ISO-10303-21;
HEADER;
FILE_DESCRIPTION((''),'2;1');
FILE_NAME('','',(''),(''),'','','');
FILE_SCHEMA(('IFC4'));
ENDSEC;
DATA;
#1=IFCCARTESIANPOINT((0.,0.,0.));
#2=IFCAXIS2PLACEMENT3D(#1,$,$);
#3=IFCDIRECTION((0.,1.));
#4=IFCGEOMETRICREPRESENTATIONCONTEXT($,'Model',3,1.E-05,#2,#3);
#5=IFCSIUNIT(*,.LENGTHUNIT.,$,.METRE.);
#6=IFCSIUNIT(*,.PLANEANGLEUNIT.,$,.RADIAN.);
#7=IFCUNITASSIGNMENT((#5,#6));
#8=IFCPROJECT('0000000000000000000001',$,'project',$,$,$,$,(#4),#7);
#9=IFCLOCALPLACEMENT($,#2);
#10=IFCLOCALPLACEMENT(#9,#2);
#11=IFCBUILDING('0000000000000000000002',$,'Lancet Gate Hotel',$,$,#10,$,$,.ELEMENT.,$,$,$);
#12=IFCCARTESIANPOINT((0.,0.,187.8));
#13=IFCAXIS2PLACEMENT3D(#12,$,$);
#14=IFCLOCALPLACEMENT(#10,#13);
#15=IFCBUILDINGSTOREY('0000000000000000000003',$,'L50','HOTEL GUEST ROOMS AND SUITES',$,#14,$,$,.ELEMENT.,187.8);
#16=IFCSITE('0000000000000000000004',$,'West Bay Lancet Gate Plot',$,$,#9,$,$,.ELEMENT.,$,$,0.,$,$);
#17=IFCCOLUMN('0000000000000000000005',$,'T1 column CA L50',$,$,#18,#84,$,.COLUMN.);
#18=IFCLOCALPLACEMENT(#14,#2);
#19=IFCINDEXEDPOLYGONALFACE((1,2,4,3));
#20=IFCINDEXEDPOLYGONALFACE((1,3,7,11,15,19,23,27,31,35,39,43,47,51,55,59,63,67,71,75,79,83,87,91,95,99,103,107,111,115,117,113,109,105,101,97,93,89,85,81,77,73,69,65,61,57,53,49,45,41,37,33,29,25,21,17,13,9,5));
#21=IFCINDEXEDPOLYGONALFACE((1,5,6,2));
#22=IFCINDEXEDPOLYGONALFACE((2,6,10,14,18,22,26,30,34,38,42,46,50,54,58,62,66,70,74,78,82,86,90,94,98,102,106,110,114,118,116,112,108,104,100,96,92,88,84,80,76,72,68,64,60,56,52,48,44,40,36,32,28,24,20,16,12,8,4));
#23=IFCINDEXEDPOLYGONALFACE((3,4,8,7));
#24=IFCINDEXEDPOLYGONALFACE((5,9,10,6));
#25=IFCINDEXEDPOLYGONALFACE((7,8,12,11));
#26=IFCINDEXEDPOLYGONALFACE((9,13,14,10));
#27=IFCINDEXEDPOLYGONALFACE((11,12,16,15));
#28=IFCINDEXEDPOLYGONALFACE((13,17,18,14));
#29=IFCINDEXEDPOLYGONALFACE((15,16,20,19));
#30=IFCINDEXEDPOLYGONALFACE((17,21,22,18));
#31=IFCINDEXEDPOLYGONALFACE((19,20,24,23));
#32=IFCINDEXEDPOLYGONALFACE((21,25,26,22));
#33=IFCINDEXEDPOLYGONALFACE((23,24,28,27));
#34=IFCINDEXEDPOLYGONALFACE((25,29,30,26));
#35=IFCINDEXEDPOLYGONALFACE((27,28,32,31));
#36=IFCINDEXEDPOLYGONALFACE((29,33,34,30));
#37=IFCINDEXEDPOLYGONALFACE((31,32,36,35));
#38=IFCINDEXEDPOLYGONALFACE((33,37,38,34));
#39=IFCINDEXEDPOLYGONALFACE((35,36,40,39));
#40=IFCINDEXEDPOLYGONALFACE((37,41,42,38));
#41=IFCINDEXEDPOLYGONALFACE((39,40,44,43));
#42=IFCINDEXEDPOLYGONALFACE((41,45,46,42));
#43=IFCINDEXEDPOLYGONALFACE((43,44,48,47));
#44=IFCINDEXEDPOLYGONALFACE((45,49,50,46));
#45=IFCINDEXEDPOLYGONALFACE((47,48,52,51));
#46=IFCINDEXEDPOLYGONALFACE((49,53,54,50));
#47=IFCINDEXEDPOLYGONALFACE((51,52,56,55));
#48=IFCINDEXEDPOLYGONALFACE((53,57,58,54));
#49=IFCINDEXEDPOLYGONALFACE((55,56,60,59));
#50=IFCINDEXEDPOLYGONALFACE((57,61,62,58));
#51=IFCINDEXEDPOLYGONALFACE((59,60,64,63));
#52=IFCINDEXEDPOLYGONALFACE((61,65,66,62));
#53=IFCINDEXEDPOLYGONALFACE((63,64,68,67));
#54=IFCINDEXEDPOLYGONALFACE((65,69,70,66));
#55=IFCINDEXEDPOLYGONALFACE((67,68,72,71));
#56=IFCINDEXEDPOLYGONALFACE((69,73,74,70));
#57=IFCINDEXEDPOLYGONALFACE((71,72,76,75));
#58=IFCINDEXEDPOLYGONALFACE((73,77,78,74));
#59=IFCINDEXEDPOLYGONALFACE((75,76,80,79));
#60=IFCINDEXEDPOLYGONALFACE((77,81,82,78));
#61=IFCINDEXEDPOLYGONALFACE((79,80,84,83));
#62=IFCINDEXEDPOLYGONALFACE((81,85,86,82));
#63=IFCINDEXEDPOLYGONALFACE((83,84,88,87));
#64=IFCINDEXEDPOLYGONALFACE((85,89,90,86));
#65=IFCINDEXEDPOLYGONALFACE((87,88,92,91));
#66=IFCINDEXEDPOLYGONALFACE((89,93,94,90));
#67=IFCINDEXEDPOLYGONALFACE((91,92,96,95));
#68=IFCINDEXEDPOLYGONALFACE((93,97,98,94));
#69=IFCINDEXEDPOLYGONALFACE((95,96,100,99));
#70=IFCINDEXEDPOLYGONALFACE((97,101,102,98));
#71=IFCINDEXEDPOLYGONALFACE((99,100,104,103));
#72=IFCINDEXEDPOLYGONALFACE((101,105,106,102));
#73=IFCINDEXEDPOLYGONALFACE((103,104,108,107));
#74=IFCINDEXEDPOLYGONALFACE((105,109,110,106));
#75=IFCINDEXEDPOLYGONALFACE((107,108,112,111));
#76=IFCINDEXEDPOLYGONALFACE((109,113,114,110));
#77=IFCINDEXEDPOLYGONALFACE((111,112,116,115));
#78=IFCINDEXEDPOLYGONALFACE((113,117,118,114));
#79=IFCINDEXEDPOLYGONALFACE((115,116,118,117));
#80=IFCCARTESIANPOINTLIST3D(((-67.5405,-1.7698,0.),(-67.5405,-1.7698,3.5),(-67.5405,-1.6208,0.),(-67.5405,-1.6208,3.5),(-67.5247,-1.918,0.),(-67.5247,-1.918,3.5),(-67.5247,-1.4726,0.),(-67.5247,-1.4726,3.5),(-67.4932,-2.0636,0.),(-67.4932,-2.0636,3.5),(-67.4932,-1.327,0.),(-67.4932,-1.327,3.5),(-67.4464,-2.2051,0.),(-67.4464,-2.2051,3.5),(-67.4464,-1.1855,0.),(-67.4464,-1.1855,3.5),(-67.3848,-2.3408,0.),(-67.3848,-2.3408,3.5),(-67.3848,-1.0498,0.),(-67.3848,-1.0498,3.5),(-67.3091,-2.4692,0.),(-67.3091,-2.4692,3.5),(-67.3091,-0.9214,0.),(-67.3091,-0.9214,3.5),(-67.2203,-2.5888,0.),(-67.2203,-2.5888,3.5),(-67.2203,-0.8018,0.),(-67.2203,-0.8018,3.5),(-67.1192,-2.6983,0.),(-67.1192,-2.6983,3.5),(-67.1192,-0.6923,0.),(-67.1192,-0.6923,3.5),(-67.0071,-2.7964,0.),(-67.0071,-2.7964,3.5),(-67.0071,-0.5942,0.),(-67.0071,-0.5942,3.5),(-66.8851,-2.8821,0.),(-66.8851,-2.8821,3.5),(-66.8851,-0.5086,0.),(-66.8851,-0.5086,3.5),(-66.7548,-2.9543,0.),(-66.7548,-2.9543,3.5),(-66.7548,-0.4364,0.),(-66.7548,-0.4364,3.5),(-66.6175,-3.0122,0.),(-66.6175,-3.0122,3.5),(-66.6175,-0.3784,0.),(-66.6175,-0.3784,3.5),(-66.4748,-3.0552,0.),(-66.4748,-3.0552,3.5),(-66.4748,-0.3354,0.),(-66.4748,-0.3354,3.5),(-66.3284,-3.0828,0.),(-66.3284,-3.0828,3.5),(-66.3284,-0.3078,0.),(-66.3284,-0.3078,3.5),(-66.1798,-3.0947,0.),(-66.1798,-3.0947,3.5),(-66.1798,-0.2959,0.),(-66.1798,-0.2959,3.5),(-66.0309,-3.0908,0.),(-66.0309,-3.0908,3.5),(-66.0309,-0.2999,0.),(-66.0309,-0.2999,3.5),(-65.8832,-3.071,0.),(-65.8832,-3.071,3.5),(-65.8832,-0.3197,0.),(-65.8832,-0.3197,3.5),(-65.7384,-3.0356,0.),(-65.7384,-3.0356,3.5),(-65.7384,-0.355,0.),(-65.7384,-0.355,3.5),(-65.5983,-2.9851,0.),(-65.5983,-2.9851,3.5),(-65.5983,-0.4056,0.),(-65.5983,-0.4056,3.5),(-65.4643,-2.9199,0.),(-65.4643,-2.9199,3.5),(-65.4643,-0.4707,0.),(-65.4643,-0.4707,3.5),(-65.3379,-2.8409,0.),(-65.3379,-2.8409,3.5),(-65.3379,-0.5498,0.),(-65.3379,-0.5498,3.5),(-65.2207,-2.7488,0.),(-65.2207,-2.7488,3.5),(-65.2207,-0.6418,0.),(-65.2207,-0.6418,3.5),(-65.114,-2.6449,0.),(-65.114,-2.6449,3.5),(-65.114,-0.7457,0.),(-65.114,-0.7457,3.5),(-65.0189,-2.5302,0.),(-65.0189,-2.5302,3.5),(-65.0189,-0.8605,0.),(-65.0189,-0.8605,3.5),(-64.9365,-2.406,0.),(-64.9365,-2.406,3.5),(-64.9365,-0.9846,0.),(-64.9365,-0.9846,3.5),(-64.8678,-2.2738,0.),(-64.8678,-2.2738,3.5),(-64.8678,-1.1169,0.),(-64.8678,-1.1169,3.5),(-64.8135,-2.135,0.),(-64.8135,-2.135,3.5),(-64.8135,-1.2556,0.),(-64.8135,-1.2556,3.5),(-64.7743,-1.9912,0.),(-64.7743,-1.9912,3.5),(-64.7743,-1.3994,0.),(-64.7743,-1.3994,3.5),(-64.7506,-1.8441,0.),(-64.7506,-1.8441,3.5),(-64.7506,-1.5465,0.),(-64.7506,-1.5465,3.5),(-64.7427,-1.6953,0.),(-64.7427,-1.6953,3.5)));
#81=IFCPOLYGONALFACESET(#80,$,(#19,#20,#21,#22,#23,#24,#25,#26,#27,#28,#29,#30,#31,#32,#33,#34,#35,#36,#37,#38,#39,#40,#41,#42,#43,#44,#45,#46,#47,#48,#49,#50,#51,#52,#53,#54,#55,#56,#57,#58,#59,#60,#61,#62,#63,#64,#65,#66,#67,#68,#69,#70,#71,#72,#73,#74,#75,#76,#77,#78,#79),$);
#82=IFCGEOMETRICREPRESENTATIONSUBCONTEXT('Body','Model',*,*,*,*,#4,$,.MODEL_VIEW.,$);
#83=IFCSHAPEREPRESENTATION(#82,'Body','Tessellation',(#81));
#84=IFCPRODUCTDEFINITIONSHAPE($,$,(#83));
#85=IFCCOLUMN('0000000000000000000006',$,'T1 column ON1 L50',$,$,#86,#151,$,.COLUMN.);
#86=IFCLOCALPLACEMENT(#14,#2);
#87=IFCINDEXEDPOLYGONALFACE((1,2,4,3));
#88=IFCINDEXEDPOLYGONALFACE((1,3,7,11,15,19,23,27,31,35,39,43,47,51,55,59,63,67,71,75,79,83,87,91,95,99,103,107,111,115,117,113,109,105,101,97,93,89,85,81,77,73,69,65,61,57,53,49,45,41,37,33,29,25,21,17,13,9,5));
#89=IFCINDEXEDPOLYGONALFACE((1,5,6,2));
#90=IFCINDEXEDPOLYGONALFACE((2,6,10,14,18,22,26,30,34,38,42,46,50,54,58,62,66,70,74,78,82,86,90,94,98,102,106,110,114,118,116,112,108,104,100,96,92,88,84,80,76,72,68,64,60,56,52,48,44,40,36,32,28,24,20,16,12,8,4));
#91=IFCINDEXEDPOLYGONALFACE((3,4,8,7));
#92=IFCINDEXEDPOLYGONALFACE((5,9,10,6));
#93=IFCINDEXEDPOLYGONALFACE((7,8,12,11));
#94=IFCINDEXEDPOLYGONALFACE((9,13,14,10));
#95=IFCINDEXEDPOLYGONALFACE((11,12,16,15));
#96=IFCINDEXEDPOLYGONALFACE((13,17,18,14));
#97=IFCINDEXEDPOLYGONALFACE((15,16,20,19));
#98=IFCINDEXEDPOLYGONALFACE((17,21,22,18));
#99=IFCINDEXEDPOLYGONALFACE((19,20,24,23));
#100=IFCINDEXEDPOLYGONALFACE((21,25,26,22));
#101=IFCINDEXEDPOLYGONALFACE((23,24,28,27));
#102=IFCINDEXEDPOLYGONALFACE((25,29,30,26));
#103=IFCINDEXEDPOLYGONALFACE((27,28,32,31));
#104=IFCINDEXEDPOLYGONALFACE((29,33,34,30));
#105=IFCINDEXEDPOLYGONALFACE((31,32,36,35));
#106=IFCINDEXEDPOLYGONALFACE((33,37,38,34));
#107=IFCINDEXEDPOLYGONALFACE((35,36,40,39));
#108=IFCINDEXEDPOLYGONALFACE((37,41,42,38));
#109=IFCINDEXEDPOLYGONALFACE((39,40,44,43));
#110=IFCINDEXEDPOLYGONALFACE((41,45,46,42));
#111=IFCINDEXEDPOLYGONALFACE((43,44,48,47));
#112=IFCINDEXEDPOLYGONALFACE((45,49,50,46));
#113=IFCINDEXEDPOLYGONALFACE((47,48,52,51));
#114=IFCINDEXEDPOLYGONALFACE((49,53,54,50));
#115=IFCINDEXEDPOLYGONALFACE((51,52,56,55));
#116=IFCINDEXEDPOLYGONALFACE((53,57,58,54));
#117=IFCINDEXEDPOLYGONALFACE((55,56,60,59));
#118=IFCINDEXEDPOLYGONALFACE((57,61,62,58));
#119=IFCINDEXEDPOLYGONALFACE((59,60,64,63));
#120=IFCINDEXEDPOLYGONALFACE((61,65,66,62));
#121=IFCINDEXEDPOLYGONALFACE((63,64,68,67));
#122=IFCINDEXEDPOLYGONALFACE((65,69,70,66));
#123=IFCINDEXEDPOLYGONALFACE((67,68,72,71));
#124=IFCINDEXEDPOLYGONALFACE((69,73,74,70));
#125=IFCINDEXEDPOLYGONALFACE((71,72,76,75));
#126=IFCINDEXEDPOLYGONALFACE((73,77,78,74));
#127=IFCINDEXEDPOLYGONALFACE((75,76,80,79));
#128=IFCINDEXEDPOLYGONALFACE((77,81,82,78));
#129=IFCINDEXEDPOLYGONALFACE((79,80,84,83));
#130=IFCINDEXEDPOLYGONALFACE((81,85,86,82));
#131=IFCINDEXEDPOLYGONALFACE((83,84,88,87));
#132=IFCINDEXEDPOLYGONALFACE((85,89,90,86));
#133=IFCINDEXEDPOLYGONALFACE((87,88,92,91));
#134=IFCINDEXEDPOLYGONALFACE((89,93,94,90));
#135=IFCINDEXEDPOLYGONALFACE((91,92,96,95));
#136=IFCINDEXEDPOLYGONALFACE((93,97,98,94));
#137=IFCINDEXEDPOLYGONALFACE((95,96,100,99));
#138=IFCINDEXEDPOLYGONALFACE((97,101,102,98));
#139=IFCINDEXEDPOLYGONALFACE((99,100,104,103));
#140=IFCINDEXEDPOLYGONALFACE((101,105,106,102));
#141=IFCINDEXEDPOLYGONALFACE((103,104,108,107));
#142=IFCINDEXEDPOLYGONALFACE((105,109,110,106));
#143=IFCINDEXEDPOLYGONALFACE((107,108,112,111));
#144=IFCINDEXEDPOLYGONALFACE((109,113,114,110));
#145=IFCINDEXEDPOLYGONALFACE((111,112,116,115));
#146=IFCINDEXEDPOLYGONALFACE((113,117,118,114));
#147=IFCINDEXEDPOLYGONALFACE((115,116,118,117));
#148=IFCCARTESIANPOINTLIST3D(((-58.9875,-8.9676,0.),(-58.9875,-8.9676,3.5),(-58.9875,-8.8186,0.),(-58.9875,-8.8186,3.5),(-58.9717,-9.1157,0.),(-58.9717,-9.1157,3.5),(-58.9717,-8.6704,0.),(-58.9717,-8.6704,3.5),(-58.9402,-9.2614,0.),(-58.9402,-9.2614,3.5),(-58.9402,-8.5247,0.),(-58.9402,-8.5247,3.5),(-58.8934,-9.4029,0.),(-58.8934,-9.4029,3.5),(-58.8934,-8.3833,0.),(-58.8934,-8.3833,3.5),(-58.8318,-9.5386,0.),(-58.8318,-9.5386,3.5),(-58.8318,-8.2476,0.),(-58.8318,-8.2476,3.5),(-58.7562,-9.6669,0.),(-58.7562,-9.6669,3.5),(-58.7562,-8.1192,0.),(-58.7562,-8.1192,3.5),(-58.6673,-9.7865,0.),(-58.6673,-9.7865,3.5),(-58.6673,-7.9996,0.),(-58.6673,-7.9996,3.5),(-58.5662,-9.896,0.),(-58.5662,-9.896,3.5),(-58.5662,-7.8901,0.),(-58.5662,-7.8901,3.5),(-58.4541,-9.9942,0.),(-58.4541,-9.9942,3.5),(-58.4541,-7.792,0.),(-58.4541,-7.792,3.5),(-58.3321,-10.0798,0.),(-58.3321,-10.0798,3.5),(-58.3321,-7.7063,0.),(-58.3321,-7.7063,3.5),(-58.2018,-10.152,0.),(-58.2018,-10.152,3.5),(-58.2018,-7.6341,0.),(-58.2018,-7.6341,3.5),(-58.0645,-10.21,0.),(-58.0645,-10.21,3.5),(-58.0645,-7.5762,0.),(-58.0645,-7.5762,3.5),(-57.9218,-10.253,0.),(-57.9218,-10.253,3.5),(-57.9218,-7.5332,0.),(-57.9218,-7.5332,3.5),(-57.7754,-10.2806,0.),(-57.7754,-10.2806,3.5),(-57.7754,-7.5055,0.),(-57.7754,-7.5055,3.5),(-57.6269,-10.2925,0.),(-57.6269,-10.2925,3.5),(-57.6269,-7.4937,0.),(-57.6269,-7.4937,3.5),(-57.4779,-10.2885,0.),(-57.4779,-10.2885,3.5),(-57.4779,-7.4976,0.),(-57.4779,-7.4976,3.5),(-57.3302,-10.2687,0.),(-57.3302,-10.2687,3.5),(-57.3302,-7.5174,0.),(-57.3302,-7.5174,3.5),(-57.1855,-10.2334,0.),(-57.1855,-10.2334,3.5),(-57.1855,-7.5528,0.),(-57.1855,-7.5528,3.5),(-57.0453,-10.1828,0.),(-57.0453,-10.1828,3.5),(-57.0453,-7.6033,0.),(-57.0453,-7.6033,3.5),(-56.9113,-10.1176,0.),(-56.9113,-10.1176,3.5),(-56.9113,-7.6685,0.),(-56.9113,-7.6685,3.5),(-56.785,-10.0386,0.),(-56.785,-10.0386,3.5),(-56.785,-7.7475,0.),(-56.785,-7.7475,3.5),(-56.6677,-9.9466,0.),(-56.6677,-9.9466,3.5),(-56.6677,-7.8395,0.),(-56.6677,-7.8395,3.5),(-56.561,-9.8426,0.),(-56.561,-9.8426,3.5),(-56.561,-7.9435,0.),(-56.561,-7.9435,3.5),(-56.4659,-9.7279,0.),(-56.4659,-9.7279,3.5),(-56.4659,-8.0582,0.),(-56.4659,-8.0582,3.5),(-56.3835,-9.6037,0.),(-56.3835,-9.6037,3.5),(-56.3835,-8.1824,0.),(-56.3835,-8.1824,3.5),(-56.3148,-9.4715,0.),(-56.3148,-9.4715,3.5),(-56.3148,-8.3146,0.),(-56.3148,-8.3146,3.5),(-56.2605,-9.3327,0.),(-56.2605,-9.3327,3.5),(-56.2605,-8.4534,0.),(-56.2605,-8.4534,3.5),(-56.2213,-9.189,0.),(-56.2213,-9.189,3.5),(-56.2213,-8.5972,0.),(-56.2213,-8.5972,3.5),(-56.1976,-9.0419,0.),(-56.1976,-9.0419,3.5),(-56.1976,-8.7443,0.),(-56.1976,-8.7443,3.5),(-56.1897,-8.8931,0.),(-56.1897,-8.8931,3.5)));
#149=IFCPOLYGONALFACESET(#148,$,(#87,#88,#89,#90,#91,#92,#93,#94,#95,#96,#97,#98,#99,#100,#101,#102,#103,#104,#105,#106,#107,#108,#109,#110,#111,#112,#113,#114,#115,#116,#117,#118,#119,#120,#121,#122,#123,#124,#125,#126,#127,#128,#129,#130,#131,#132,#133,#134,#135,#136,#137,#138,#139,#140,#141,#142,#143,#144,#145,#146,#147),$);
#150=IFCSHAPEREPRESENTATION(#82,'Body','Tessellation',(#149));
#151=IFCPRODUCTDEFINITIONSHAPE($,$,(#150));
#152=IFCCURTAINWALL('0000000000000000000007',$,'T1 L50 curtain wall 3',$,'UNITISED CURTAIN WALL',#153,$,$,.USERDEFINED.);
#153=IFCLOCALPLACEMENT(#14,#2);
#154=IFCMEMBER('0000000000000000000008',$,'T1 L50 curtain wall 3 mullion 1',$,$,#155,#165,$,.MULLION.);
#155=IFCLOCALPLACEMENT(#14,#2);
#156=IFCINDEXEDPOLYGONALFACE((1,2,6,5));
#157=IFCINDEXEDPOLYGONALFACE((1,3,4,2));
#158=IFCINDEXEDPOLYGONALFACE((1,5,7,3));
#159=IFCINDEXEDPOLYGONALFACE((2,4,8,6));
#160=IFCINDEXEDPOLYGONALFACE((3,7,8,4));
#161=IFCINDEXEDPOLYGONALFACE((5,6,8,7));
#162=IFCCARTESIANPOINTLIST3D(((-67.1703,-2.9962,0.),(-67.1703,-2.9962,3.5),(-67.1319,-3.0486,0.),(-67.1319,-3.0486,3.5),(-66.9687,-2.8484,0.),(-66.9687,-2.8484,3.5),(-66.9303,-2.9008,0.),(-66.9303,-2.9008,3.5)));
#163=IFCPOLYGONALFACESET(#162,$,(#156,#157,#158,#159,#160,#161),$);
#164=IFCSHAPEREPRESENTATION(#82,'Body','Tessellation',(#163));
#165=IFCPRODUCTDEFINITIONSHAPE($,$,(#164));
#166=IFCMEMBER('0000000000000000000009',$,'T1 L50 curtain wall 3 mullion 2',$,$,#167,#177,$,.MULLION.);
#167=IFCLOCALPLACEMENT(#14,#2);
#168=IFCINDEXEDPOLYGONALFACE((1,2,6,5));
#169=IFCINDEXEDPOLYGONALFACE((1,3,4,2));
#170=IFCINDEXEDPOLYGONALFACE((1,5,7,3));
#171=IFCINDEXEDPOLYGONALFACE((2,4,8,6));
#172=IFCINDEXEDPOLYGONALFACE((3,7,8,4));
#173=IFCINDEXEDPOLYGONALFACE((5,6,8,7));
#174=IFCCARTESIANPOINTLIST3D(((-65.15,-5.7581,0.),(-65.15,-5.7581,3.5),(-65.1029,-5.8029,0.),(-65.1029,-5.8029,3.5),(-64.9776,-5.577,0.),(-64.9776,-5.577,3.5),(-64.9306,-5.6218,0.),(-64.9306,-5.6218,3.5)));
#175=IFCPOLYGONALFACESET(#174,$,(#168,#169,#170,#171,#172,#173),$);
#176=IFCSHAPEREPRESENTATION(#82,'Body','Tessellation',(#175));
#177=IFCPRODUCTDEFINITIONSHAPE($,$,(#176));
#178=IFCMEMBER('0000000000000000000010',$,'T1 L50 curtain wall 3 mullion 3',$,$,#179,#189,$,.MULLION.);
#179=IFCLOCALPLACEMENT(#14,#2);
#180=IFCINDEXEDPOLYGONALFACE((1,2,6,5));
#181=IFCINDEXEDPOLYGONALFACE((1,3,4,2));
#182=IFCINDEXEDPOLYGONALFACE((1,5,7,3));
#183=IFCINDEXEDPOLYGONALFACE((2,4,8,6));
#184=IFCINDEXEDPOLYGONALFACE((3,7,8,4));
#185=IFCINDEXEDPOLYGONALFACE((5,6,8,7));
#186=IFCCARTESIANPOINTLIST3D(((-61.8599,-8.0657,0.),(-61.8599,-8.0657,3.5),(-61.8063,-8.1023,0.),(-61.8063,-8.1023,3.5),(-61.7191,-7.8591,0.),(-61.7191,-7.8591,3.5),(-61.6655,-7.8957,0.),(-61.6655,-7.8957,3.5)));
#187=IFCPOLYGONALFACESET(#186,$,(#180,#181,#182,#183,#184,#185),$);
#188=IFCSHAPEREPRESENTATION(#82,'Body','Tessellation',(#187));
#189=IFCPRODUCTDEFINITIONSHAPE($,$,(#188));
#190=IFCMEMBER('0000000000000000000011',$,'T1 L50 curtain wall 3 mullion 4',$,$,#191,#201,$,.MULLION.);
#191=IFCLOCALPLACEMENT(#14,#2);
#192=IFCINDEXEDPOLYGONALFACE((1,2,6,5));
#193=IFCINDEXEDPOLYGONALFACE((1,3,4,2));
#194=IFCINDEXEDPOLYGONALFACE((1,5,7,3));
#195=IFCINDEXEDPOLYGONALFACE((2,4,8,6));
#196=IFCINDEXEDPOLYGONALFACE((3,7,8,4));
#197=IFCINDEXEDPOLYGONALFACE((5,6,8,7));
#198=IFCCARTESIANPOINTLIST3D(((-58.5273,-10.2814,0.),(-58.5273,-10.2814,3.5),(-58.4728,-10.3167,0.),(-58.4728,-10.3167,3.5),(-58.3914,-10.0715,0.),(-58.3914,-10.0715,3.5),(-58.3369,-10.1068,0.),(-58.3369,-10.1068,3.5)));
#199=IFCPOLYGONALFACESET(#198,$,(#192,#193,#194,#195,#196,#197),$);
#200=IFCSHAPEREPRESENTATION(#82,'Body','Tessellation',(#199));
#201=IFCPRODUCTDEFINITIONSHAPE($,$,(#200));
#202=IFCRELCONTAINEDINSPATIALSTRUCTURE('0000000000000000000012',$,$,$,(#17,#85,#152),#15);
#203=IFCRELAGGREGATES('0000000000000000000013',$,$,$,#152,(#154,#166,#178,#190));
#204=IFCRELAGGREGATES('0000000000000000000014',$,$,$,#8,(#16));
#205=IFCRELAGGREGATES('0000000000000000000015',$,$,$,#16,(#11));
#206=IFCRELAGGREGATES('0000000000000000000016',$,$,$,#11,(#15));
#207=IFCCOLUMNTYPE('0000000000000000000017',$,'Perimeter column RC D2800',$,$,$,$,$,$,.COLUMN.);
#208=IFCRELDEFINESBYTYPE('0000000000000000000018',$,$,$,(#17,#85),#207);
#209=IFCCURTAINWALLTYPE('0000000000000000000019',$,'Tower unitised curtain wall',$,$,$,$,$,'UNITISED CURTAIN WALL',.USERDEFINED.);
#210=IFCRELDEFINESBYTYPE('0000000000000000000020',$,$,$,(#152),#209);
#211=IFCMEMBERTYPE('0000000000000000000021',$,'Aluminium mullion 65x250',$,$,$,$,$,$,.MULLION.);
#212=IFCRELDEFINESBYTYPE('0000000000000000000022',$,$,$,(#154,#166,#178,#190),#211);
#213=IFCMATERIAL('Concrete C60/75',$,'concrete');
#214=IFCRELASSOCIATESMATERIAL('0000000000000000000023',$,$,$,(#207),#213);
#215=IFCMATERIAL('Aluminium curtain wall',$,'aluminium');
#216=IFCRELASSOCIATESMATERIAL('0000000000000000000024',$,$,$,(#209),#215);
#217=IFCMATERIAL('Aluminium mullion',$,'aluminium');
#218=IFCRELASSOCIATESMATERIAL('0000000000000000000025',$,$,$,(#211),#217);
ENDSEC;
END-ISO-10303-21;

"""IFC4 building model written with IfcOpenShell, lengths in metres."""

from ifc_helpers import new_model, si_unit, direction, frame, origin, origin_2d, place, context, subcontext, project, spatial, rectangle, circle, extrude, material, material_profile, profile_set, type_object, element, aggregate, save


model = new_model("IFC4")

# Units and contexts
model_context = context("Model", 3, precision=1e-05, world=origin(), true_north=direction((0.0, 1.0)))
body_context = subcontext(model_context, "Body", "Model", "MODEL_VIEW")
ifc_project = project(units=[si_unit("LENGTHUNIT", "METRE"), si_unit("PLANEANGLEUNIT", "RADIAN")], contexts=[model_context])

# Site, building, storey
site_placement = place(None, origin())
site = spatial("IfcSite", under=ifc_project, at=site_placement, Name="West Bay Lancet Gate Plot", CompositionType="ELEMENT", RefElevation=0.0)
building_placement = place(site_placement, origin())
building = spatial("IfcBuilding", under=site, at=building_placement, Name="Lancet Gate Hotel", CompositionType="ELEMENT")
storey_placement = place(building_placement, frame((0.0, 0.0, 187.8)))
storey = spatial("IfcBuildingStorey", under=building, at=storey_placement, Name="L50", Description="HOTEL GUEST ROOMS AND SUITES", CompositionType="ELEMENT", Elevation=187.8)

# Columns
ifc_material_1 = material(Name="Concrete C60/75", Category="concrete")
ifc_material_profile_1 = material_profile(ifc_material_1, circle(Radius=1.3999, at=origin_2d()), Name="RC D2800")
ifc_profile_set_1 = profile_set([ifc_material_profile_1], Name="Concrete C60/75")
column_type = type_object("IfcColumnType", Name="Perimeter column RC D2800", PredefinedType="COLUMN", material=ifc_profile_set_1)
for number, where, z_axis, x_axis, name in (
    (1, (-66.1426, -1.6953, 0.0), (0.0, 0.0, 1.0), (1.0, 0.0, 0.0), "T1 column CA L50"),
    (2, (-57.5896, -8.8931, 0.0), (0.0, 0.0, 1.0), (1.0, 0.0, 0.0), "T1 column ON1 L50"),
):
    element("IfcColumn", number, at=place(storey_placement, frame(where, z_axis=z_axis, x_axis=x_axis)), inside=storey, type_object=column_type, Name=name, PredefinedType="COLUMN", context=body_context, shape_type="SweptSolid", body=[
        extrude(circle(Radius=1.3999, at=origin_2d()), origin(), (0.0, 0.0, 1.0), 3.5),
    ])

# Curtain wall, members
ifc_material_2 = material(Name="Aluminium curtain wall", Category="aluminium")
curtain_wall_type = type_object("IfcCurtainWallType", Name="Tower unitised curtain wall", ElementType="UNITISED CURTAIN WALL", PredefinedType="USERDEFINED", material=ifc_material_2)
curtain_wall_placement = place(storey_placement, origin())
curtain_wall = element("IfcCurtainWall", 3, at=curtain_wall_placement, inside=storey, type_object=curtain_wall_type, Name="T1 L50 curtain wall 3", ObjectType="UNITISED CURTAIN WALL", PredefinedType="USERDEFINED")
ifc_material_3 = material(Name="Aluminium mullion", Category="aluminium")
ifc_material_profile_2 = material_profile(ifc_material_3, rectangle(XDim=0.0649, YDim=0.25, at=origin_2d()), Name="MULLION 65x250")
ifc_profile_set_2 = profile_set([ifc_material_profile_2], Name="Aluminium mullion")
member_type_1 = type_object("IfcMemberType", Name="Aluminium mullion 65x250", PredefinedType="MULLION", material=ifc_profile_set_2)
member_1_placement = place(storey_placement, frame((-67.0503, -2.9485, 0.0), z_axis=(0.0, 0.0, 1.0), x_axis=(0.5913, -0.806452, 0.0)))
member_1 = element("IfcMember", 4, at=member_1_placement, type_object=member_type_1, Name="T1 L50 curtain wall 3 mullion 1", PredefinedType="MULLION", context=body_context, shape_type="SweptSolid", body=[
    extrude(rectangle(XDim=0.0649, YDim=0.25, at=origin_2d()), origin(), (0.0, 0.0, 1.0), 3.5),
])
member_2_placement = place(storey_placement, frame((-65.0403, -5.6899, 0.0), z_axis=(0.0, 0.0, 1.0), x_axis=(0.724382, -0.689399, 0.0)))
member_2 = element("IfcMember", 5, at=member_2_placement, type_object=member_type_1, Name="T1 L50 curtain wall 3 mullion 2", PredefinedType="MULLION", context=body_context, shape_type="SweptSolid", body=[
    extrude(rectangle(XDim=0.0649, YDim=0.25, at=origin_2d()), origin(), (0.0, 0.0, 1.0), 3.5),
])
member_3_placement = place(storey_placement, frame((-61.7627, -7.9807, 0.0), z_axis=(0.0, 0.0, 1.0), x_axis=(0.826312, -0.563212, 0.0)))
member_3 = element("IfcMember", 6, at=member_3_placement, type_object=member_type_1, Name="T1 L50 curtain wall 3 mullion 3", PredefinedType="MULLION", context=body_context, shape_type="SweptSolid", body=[
    extrude(rectangle(XDim=0.0649, YDim=0.25, at=origin_2d()), origin(), (0.0, 0.0, 1.0), 3.5),
])
member_4_placement = place(storey_placement, frame((-58.4321, -10.1941, 0.0), z_axis=(0.0, 0.0, 1.0), x_axis=(0.839331, -0.543621, 0.0)))
member_4 = element("IfcMember", 7, at=member_4_placement, type_object=member_type_1, Name="T1 L50 curtain wall 3 mullion 4", PredefinedType="MULLION", context=body_context, shape_type="SweptSolid", body=[
    extrude(rectangle(XDim=0.0649, YDim=0.25, at=origin_2d()), origin(), (0.0, 0.0, 1.0), 3.5),
])

aggregate(curtain_wall, [member_1, member_2, member_3, member_4])

save(model, "model.ifc")
